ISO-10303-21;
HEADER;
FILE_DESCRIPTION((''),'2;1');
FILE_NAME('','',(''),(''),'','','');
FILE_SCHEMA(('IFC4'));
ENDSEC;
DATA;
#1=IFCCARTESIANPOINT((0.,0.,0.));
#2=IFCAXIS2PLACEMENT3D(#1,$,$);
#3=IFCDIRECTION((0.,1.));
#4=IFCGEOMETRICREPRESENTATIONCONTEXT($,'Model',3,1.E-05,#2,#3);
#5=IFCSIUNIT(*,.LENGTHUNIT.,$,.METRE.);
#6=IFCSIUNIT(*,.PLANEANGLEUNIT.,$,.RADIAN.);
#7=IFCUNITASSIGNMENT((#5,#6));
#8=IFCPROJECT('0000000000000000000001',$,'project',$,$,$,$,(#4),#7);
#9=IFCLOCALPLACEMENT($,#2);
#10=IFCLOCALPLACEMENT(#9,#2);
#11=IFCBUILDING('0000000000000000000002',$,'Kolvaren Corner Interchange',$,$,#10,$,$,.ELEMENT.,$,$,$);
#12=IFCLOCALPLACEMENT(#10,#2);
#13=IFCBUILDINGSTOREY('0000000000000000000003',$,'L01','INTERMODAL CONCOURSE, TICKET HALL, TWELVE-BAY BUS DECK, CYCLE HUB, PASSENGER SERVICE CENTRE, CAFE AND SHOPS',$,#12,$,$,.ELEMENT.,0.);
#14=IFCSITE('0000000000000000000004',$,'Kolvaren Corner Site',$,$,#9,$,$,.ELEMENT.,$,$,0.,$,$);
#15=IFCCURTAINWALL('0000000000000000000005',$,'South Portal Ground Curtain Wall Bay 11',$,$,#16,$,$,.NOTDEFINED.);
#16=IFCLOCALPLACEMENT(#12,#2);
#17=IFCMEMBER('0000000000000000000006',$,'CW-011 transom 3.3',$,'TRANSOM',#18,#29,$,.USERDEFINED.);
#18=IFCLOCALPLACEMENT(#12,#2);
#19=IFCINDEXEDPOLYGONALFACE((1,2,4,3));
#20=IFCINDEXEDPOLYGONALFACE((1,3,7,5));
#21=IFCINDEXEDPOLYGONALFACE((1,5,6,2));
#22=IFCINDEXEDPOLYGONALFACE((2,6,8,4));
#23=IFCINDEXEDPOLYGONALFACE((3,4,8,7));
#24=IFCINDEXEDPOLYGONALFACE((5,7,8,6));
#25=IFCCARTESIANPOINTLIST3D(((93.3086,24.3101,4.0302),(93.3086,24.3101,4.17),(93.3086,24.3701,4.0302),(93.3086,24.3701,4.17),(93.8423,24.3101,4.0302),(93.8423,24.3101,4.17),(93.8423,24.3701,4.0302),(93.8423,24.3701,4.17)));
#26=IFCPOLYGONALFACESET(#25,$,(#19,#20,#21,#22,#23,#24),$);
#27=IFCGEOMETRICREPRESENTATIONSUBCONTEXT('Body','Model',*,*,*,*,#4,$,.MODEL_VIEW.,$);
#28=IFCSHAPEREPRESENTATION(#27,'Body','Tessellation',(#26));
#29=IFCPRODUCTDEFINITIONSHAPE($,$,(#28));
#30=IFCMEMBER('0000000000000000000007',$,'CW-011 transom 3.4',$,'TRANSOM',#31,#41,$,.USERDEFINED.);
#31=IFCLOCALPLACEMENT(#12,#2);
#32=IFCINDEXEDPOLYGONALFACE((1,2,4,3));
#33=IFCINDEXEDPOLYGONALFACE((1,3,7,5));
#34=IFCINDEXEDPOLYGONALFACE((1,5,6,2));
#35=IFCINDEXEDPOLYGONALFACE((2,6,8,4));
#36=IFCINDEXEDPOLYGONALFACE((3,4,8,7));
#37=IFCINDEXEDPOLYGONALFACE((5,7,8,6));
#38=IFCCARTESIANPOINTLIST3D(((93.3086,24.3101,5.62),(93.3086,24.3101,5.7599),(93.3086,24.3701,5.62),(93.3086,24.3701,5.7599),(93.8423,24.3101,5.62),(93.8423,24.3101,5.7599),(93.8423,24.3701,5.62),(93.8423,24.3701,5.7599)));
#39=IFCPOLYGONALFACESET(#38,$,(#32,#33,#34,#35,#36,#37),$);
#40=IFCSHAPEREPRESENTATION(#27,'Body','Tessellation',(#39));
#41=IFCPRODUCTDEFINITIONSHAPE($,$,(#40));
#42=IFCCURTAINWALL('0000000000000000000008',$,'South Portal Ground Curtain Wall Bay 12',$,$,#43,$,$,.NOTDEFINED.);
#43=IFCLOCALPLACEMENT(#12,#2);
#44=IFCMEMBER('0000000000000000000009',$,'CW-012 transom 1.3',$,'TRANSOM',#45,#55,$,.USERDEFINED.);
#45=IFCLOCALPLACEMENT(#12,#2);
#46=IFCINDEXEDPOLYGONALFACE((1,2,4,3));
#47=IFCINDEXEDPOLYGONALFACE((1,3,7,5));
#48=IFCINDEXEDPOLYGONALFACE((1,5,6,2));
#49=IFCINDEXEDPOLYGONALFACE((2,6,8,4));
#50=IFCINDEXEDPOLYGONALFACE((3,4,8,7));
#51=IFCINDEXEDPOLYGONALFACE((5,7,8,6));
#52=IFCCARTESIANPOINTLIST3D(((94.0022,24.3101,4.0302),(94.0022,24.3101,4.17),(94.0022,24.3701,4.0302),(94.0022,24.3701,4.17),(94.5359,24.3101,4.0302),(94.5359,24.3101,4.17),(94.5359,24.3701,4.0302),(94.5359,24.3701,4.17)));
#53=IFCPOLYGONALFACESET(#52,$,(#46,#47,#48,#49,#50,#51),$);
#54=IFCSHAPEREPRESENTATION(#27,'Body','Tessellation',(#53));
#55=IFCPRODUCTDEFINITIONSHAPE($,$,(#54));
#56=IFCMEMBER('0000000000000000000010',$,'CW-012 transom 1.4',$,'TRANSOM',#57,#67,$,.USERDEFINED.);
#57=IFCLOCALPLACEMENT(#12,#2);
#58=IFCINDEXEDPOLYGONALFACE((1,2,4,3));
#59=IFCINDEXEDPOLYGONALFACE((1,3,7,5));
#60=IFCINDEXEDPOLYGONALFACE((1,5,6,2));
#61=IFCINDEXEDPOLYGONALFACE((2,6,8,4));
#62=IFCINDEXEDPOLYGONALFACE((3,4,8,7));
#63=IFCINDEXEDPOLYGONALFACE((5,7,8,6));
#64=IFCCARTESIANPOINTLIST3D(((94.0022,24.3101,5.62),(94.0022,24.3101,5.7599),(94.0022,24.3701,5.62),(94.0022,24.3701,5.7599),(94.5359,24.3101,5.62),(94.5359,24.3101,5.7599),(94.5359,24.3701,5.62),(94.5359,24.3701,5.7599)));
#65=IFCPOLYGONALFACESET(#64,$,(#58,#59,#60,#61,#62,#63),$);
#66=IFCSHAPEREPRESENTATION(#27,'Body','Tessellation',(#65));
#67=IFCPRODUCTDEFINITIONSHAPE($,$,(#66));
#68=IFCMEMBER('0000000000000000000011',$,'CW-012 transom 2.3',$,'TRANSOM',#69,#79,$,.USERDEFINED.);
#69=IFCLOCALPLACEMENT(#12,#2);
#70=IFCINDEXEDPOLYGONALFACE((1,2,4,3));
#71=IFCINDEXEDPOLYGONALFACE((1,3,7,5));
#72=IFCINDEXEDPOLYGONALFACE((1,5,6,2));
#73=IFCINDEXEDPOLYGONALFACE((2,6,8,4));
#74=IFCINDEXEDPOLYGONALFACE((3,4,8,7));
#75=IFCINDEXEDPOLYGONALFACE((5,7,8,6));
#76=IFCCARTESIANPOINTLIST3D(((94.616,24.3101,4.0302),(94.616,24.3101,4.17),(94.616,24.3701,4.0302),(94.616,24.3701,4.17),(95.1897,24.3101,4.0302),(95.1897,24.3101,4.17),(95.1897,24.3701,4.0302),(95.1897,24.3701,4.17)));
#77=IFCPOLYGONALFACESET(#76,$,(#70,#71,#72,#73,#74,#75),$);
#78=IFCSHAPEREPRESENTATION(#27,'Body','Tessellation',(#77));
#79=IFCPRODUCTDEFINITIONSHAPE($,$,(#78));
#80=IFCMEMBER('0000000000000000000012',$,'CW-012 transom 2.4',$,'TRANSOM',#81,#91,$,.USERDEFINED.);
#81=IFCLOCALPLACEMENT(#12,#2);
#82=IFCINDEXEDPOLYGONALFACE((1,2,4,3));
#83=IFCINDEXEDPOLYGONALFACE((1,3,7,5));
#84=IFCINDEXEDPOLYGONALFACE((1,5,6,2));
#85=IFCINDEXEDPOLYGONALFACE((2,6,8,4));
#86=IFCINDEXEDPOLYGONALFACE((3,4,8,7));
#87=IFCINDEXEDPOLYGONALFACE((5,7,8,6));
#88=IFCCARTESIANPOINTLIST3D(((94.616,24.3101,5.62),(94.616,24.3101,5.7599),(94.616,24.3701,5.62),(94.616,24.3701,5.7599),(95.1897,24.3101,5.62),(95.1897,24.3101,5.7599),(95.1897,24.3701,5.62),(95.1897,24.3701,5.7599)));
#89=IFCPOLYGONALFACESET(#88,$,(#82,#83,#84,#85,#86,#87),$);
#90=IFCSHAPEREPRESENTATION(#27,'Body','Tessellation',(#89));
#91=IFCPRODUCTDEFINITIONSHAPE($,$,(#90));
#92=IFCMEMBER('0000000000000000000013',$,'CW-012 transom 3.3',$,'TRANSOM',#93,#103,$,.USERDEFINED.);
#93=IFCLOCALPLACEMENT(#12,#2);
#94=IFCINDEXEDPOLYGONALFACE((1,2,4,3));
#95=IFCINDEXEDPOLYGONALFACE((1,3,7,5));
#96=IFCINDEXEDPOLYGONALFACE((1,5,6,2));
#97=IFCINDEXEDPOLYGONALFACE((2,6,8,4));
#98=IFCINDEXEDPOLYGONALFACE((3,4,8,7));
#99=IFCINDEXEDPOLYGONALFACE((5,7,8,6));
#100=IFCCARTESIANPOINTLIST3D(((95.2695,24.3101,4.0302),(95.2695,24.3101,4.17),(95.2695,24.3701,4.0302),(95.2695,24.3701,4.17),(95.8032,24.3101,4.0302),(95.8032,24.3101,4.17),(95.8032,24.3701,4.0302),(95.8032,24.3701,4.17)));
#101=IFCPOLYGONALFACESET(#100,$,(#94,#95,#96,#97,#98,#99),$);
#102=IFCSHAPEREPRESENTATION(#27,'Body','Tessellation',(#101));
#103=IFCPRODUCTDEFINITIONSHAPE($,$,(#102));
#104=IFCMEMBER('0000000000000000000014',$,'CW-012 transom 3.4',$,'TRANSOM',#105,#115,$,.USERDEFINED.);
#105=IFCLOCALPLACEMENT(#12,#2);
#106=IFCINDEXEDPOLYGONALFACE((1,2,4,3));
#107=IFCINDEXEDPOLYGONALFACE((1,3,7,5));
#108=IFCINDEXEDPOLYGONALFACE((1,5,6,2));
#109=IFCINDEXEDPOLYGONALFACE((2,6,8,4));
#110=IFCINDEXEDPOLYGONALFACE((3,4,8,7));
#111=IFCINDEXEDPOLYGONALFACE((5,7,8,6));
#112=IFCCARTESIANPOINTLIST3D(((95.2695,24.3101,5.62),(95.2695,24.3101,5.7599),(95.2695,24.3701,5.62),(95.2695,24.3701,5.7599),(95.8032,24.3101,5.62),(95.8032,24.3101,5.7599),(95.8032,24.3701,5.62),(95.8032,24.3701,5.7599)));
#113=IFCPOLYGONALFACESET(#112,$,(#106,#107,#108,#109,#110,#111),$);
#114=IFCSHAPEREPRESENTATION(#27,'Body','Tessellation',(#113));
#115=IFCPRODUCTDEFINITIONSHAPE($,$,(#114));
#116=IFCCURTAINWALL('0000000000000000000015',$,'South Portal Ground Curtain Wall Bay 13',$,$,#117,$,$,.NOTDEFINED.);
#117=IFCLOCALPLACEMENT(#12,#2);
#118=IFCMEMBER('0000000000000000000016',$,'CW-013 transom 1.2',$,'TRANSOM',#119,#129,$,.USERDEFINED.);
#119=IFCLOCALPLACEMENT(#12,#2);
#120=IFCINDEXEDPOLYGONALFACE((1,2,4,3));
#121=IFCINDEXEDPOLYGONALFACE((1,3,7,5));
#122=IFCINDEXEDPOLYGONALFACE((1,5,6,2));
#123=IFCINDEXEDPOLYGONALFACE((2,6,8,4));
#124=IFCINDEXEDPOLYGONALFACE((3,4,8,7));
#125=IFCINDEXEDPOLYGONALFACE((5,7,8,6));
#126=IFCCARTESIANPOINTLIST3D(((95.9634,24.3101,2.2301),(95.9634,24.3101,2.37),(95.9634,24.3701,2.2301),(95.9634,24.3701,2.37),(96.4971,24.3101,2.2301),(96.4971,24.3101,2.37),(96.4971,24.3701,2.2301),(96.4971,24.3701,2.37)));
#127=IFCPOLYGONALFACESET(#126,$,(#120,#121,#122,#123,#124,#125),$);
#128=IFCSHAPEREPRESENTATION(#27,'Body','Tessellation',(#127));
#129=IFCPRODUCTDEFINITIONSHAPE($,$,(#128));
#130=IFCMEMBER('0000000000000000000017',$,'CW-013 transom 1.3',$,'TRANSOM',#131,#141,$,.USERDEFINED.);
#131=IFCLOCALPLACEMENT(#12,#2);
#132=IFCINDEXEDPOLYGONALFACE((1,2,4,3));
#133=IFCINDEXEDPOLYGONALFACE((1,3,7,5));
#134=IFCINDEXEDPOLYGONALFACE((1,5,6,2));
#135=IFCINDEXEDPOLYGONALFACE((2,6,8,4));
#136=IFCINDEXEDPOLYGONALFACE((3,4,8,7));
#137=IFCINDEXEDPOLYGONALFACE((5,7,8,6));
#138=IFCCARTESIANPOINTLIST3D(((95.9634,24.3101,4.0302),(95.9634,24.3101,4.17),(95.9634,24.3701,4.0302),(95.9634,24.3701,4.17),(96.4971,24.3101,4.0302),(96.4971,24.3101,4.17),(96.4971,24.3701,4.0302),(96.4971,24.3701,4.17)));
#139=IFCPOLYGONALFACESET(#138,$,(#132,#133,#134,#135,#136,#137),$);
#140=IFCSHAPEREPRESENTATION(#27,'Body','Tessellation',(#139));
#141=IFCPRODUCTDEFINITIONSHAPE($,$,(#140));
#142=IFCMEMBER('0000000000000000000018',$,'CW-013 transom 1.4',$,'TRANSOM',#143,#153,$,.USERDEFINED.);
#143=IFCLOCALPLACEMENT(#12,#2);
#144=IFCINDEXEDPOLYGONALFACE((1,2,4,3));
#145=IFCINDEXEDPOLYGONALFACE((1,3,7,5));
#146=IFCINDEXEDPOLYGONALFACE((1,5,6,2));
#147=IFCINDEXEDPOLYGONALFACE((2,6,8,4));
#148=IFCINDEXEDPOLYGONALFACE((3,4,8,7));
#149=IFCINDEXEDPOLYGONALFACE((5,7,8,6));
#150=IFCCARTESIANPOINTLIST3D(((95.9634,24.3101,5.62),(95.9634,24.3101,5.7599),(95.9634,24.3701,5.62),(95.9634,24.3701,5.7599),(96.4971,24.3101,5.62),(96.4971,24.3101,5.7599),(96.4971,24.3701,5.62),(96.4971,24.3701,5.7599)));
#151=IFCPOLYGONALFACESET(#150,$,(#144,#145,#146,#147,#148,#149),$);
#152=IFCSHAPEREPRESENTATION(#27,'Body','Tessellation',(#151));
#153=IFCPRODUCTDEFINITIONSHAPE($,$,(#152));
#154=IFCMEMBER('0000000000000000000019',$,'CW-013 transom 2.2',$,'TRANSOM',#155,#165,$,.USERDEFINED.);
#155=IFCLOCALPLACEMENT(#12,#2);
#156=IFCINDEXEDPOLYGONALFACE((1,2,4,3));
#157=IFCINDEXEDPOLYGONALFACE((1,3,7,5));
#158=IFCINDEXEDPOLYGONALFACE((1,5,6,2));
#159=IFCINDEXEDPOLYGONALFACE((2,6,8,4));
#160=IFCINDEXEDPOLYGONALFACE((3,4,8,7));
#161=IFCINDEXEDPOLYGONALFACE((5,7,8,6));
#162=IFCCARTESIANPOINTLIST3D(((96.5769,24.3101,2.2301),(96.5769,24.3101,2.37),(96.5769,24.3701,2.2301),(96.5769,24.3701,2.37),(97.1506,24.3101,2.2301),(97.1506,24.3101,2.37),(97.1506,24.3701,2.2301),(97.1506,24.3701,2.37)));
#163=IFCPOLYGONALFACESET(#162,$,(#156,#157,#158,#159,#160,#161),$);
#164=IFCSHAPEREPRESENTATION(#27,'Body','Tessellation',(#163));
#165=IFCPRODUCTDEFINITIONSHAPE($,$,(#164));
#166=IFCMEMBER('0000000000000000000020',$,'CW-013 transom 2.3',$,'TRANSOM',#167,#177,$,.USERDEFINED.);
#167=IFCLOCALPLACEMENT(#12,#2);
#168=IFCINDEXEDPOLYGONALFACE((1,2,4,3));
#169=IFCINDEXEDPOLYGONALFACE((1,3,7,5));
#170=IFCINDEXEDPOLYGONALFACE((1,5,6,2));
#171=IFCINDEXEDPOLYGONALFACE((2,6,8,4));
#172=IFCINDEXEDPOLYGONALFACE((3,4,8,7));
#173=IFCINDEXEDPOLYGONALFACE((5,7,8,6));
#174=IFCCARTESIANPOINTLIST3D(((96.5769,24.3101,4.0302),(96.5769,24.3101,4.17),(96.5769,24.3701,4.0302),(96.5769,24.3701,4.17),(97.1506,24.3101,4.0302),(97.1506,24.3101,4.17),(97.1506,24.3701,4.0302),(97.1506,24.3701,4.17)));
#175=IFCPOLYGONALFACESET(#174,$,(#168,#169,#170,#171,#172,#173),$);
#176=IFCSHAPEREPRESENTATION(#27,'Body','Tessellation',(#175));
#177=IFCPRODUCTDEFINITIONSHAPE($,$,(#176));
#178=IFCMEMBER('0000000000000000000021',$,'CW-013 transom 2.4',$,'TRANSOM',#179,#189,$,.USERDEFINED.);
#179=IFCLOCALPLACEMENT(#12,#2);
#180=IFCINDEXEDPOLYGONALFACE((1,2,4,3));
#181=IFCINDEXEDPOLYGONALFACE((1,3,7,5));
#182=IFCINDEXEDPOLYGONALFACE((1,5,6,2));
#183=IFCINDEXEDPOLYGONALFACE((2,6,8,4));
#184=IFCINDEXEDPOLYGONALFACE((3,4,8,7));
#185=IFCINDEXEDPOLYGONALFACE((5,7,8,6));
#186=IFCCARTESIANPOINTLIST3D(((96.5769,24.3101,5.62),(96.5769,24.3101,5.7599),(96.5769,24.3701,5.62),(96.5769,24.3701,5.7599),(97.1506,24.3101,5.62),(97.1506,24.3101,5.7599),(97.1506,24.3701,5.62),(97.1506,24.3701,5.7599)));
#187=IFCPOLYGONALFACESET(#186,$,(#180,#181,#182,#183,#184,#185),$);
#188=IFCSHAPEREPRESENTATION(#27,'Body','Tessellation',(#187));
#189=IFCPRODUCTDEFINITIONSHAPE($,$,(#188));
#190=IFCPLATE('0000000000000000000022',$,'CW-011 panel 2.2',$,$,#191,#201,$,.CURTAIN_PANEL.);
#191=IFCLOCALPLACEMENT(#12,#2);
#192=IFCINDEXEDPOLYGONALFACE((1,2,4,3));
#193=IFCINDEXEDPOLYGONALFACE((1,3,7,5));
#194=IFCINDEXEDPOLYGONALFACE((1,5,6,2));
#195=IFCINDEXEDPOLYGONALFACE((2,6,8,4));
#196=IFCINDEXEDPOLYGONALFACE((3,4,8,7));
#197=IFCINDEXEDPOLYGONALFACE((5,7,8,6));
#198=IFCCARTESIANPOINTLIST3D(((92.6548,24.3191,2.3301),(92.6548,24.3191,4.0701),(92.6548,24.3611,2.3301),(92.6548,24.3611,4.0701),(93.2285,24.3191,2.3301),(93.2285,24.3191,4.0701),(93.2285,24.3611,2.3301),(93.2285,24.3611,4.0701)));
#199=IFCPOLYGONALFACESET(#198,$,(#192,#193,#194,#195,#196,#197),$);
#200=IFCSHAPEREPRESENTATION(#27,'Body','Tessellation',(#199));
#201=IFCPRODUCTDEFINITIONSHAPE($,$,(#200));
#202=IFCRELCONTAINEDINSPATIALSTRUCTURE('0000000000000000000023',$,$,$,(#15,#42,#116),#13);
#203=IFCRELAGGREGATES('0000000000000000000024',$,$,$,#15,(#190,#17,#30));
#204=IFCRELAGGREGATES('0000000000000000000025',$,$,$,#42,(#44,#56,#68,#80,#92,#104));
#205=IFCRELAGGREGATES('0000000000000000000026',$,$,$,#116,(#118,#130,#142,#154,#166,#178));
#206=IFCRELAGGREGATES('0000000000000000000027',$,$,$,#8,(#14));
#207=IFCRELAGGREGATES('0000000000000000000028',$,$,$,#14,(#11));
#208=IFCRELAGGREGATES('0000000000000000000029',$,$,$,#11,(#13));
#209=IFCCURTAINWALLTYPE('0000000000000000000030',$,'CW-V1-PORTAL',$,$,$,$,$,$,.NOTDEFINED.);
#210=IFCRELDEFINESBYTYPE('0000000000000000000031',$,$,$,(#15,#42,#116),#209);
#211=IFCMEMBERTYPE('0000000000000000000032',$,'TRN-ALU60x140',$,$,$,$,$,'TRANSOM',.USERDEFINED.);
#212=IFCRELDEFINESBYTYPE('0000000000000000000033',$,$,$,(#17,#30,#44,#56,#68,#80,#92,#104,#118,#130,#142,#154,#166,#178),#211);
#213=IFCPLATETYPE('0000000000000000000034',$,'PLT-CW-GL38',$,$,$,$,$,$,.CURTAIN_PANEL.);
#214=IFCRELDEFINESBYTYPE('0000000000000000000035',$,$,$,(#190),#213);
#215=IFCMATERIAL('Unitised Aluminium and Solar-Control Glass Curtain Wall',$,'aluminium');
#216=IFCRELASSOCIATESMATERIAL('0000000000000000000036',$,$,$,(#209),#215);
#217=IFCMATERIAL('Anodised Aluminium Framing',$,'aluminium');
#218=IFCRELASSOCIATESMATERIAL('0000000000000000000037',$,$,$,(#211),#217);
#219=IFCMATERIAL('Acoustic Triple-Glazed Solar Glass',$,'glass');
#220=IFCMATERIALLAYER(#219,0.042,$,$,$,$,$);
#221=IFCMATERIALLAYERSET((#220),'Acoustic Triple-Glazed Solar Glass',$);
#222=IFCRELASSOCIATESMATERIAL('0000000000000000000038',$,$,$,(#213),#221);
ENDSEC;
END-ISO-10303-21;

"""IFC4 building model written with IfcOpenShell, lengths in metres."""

from ifc_helpers import new_model, si_unit, direction, frame, origin, origin_2d, place, context, subcontext, project, spatial, rectangle, extrude, material, layer, layer_set, material_profile, profile_set, type_object, element, aggregate, save


model = new_model("IFC4")

# Units and contexts
model_context = context("Model", 3, precision=1e-05, world=origin(), true_north=direction((0.0, 1.0)))
body_context = subcontext(model_context, "Body", "Model", "MODEL_VIEW")
ifc_project = project(units=[si_unit("LENGTHUNIT", "METRE"), si_unit("PLANEANGLEUNIT", "RADIAN")], contexts=[model_context])

# Site, building, storey
site_placement = place(None, origin())
site = spatial("IfcSite", under=ifc_project, at=site_placement, Name="Kolvaren Corner Site", CompositionType="ELEMENT", RefElevation=0.0)
building_placement = place(site_placement, origin())
building = spatial("IfcBuilding", under=site, at=building_placement, Name="Kolvaren Corner Interchange", CompositionType="ELEMENT")
storey_placement = place(building_placement, origin())
storey = spatial("IfcBuildingStorey", under=building, at=storey_placement, Name="L01", Description="INTERMODAL CONCOURSE, TICKET HALL, TWELVE-BAY BUS DECK, CYCLE HUB, PASSENGER SERVICE CENTRE, CAFE AND SHOPS", CompositionType="ELEMENT", Elevation=0.0)

# Curtain walls, members
ifc_material_1 = material(Name="Unitised Aluminium and Solar-Control Glass Curtain Wall", Category="aluminium")
curtain_wall_type = type_object("IfcCurtainWallType", Name="CW-V1-PORTAL", PredefinedType="NOTDEFINED", material=ifc_material_1)
curtain_wall_1_placement = place(storey_placement, origin())
curtain_wall_1 = element("IfcCurtainWall", 1, at=curtain_wall_1_placement, inside=storey, type_object=curtain_wall_type, Name="South Portal Ground Curtain Wall Bay 11", PredefinedType="NOTDEFINED")
ifc_material_2 = material(Name="Anodised Aluminium Framing", Category="aluminium")
ifc_material_profile = material_profile(ifc_material_2, rectangle(XDim=0.0601, YDim=0.1399, at=origin_2d()), Name="ALU 60x140")
ifc_profile_set = profile_set([ifc_material_profile], Name="Anodised Aluminium Framing")
member_type = type_object("IfcMemberType", Name="TRN-ALU60x140", ElementType="TRANSOM", PredefinedType="USERDEFINED", material=ifc_profile_set)
member_1_placement = place(storey_placement, frame((93.3086, 24.3401, 4.1001), z_axis=(1.0, 0.0, 0.0), x_axis=(0.0, 1.0, 0.0)))
member_1 = element("IfcMember", 2, at=member_1_placement, type_object=member_type, Name="CW-011 transom 3.3", ObjectType="TRANSOM", PredefinedType="USERDEFINED", context=body_context, shape_type="SweptSolid", body=[
    extrude(rectangle(XDim=0.0601, YDim=0.1399, at=origin_2d()), origin(), (0.0, 0.0, 1.0), 0.5337),
])
member_2_placement = place(storey_placement, frame((93.3086, 24.3401, 5.6899), z_axis=(1.0, 0.0, 0.0), x_axis=(0.0, 1.0, 0.0)))
member_2 = element("IfcMember", 3, at=member_2_placement, type_object=member_type, Name="CW-011 transom 3.4", ObjectType="TRANSOM", PredefinedType="USERDEFINED", context=body_context, shape_type="SweptSolid", body=[
    extrude(rectangle(XDim=0.0601, YDim=0.1399, at=origin_2d()), origin(), (0.0, 0.0, 1.0), 0.5337),
])
curtain_wall_2_placement = place(storey_placement, origin())
curtain_wall_2 = element("IfcCurtainWall", 4, at=curtain_wall_2_placement, inside=storey, type_object=curtain_wall_type, Name="South Portal Ground Curtain Wall Bay 12", PredefinedType="NOTDEFINED")
member_3_placement = place(storey_placement, frame((94.0022, 24.3401, 4.1001), z_axis=(1.0, 0.0, 0.0), x_axis=(0.0, 1.0, 0.0)))
member_3 = element("IfcMember", 5, at=member_3_placement, type_object=member_type, Name="CW-012 transom 1.3", ObjectType="TRANSOM", PredefinedType="USERDEFINED", context=body_context, shape_type="SweptSolid", body=[
    extrude(rectangle(XDim=0.0601, YDim=0.1399, at=origin_2d()), origin(), (0.0, 0.0, 1.0), 0.5337),
])
member_4_placement = place(storey_placement, frame((94.0022, 24.3401, 5.6899), z_axis=(1.0, 0.0, 0.0), x_axis=(0.0, 1.0, 0.0)))
member_4 = element("IfcMember", 6, at=member_4_placement, type_object=member_type, Name="CW-012 transom 1.4", ObjectType="TRANSOM", PredefinedType="USERDEFINED", context=body_context, shape_type="SweptSolid", body=[
    extrude(rectangle(XDim=0.0601, YDim=0.1399, at=origin_2d()), origin(), (0.0, 0.0, 1.0), 0.5337),
])
member_5_placement = place(storey_placement, frame((94.616, 24.3401, 4.1001), z_axis=(1.0, 0.0, 0.0), x_axis=(0.0, 1.0, 0.0)))
member_5 = element("IfcMember", 7, at=member_5_placement, type_object=member_type, Name="CW-012 transom 2.3", ObjectType="TRANSOM", PredefinedType="USERDEFINED", context=body_context, shape_type="SweptSolid", body=[
    extrude(rectangle(XDim=0.0601, YDim=0.1399, at=origin_2d()), origin(), (0.0, 0.0, 1.0), 0.5737),
])
member_6_placement = place(storey_placement, frame((94.616, 24.3401, 5.6899), z_axis=(1.0, 0.0, 0.0), x_axis=(0.0, 1.0, 0.0)))
member_6 = element("IfcMember", 8, at=member_6_placement, type_object=member_type, Name="CW-012 transom 2.4", ObjectType="TRANSOM", PredefinedType="USERDEFINED", context=body_context, shape_type="SweptSolid", body=[
    extrude(rectangle(XDim=0.0601, YDim=0.1399, at=origin_2d()), origin(), (0.0, 0.0, 1.0), 0.5737),
])
member_7_placement = place(storey_placement, frame((95.2695, 24.3401, 4.1001), z_axis=(1.0, 0.0, 0.0), x_axis=(0.0, 1.0, 0.0)))
member_7 = element("IfcMember", 9, at=member_7_placement, type_object=member_type, Name="CW-012 transom 3.3", ObjectType="TRANSOM", PredefinedType="USERDEFINED", context=body_context, shape_type="SweptSolid", body=[
    extrude(rectangle(XDim=0.0601, YDim=0.1399, at=origin_2d()), origin(), (0.0, 0.0, 1.0), 0.5337),
])
member_8_placement = place(storey_placement, frame((95.2695, 24.3401, 5.6899), z_axis=(1.0, 0.0, 0.0), x_axis=(0.0, 1.0, 0.0)))
member_8 = element("IfcMember", 10, at=member_8_placement, type_object=member_type, Name="CW-012 transom 3.4", ObjectType="TRANSOM", PredefinedType="USERDEFINED", context=body_context, shape_type="SweptSolid", body=[
    extrude(rectangle(XDim=0.0601, YDim=0.1399, at=origin_2d()), origin(), (0.0, 0.0, 1.0), 0.5337),
])
curtain_wall_3_placement = place(storey_placement, origin())
curtain_wall_3 = element("IfcCurtainWall", 11, at=curtain_wall_3_placement, inside=storey, type_object=curtain_wall_type, Name="South Portal Ground Curtain Wall Bay 13", PredefinedType="NOTDEFINED")
member_9_placement = place(storey_placement, frame((95.9634, 24.3401, 2.3), z_axis=(1.0, 0.0, 0.0), x_axis=(0.0, 1.0, 0.0)))
member_9 = element("IfcMember", 12, at=member_9_placement, type_object=member_type, Name="CW-013 transom 1.2", ObjectType="TRANSOM", PredefinedType="USERDEFINED", context=body_context, shape_type="SweptSolid", body=[
    extrude(rectangle(XDim=0.0601, YDim=0.1399, at=origin_2d()), origin(), (0.0, 0.0, 1.0), 0.5337),
])
member_10_placement = place(storey_placement, frame((95.9634, 24.3401, 4.1001), z_axis=(1.0, 0.0, 0.0), x_axis=(0.0, 1.0, 0.0)))
member_10 = element("IfcMember", 13, at=member_10_placement, type_object=member_type, Name="CW-013 transom 1.3", ObjectType="TRANSOM", PredefinedType="USERDEFINED", context=body_context, shape_type="SweptSolid", body=[
    extrude(rectangle(XDim=0.0601, YDim=0.1399, at=origin_2d()), origin(), (0.0, 0.0, 1.0), 0.5337),
])
member_11_placement = place(storey_placement, frame((95.9634, 24.3401, 5.6899), z_axis=(1.0, 0.0, 0.0), x_axis=(0.0, 1.0, 0.0)))
member_11 = element("IfcMember", 14, at=member_11_placement, type_object=member_type, Name="CW-013 transom 1.4", ObjectType="TRANSOM", PredefinedType="USERDEFINED", context=body_context, shape_type="SweptSolid", body=[
    extrude(rectangle(XDim=0.0601, YDim=0.1399, at=origin_2d()), origin(), (0.0, 0.0, 1.0), 0.5337),
])
member_12_placement = place(storey_placement, frame((96.5769, 24.3401, 2.3), z_axis=(1.0, 0.0, 0.0), x_axis=(0.0, 1.0, 0.0)))
member_12 = element("IfcMember", 15, at=member_12_placement, type_object=member_type, Name="CW-013 transom 2.2", ObjectType="TRANSOM", PredefinedType="USERDEFINED", context=body_context, shape_type="SweptSolid", body=[
    extrude(rectangle(XDim=0.0601, YDim=0.1399, at=origin_2d()), origin(), (0.0, 0.0, 1.0), 0.5737),
])
member_13_placement = place(storey_placement, frame((96.5769, 24.3401, 4.1001), z_axis=(1.0, 0.0, 0.0), x_axis=(0.0, 1.0, 0.0)))
member_13 = element("IfcMember", 16, at=member_13_placement, type_object=member_type, Name="CW-013 transom 2.3", ObjectType="TRANSOM", PredefinedType="USERDEFINED", context=body_context, shape_type="SweptSolid", body=[
    extrude(rectangle(XDim=0.0601, YDim=0.1399, at=origin_2d()), origin(), (0.0, 0.0, 1.0), 0.5737),
])
member_14_placement = place(storey_placement, frame((96.5769, 24.3401, 5.6899), z_axis=(1.0, 0.0, 0.0), x_axis=(0.0, 1.0, 0.0)))
member_14 = element("IfcMember", 17, at=member_14_placement, type_object=member_type, Name="CW-013 transom 2.4", ObjectType="TRANSOM", PredefinedType="USERDEFINED", context=body_context, shape_type="SweptSolid", body=[
    extrude(rectangle(XDim=0.0601, YDim=0.1399, at=origin_2d()), origin(), (0.0, 0.0, 1.0), 0.5737),
])

# Plate
ifc_material_3 = material(Name="Acoustic Triple-Glazed Solar Glass", Category="glass")
ifc_layer = layer(ifc_material_3, 0.042)
ifc_layer_set = layer_set([ifc_layer], Name="Acoustic Triple-Glazed Solar Glass")
plate_type = type_object("IfcPlateType", Name="PLT-CW-GL38", PredefinedType="CURTAIN_PANEL", material=ifc_layer_set)
plate_1_placement = place(storey_placement, frame((92.9417, 24.3401, 2.3301), z_axis=(0.0, 0.0, 1.0), x_axis=(1.0, 0.0, 0.0)))
plate_1 = element("IfcPlate", 18, at=plate_1_placement, type_object=plate_type, Name="CW-011 panel 2.2", PredefinedType="CURTAIN_PANEL", context=body_context, shape_type="SweptSolid", body=[
    extrude(rectangle(XDim=0.5737, YDim=0.042, at=origin_2d()), origin(), (0.0, 0.0, 1.0), 1.74),
])
aggregate(curtain_wall_1, [plate_1, member_1, member_2])
aggregate(curtain_wall_2, [member_3, member_4, member_5, member_6, member_7, member_8])
aggregate(curtain_wall_3, [member_9, member_10, member_11, member_12, member_13, member_14])

save(model, "model.ifc")
